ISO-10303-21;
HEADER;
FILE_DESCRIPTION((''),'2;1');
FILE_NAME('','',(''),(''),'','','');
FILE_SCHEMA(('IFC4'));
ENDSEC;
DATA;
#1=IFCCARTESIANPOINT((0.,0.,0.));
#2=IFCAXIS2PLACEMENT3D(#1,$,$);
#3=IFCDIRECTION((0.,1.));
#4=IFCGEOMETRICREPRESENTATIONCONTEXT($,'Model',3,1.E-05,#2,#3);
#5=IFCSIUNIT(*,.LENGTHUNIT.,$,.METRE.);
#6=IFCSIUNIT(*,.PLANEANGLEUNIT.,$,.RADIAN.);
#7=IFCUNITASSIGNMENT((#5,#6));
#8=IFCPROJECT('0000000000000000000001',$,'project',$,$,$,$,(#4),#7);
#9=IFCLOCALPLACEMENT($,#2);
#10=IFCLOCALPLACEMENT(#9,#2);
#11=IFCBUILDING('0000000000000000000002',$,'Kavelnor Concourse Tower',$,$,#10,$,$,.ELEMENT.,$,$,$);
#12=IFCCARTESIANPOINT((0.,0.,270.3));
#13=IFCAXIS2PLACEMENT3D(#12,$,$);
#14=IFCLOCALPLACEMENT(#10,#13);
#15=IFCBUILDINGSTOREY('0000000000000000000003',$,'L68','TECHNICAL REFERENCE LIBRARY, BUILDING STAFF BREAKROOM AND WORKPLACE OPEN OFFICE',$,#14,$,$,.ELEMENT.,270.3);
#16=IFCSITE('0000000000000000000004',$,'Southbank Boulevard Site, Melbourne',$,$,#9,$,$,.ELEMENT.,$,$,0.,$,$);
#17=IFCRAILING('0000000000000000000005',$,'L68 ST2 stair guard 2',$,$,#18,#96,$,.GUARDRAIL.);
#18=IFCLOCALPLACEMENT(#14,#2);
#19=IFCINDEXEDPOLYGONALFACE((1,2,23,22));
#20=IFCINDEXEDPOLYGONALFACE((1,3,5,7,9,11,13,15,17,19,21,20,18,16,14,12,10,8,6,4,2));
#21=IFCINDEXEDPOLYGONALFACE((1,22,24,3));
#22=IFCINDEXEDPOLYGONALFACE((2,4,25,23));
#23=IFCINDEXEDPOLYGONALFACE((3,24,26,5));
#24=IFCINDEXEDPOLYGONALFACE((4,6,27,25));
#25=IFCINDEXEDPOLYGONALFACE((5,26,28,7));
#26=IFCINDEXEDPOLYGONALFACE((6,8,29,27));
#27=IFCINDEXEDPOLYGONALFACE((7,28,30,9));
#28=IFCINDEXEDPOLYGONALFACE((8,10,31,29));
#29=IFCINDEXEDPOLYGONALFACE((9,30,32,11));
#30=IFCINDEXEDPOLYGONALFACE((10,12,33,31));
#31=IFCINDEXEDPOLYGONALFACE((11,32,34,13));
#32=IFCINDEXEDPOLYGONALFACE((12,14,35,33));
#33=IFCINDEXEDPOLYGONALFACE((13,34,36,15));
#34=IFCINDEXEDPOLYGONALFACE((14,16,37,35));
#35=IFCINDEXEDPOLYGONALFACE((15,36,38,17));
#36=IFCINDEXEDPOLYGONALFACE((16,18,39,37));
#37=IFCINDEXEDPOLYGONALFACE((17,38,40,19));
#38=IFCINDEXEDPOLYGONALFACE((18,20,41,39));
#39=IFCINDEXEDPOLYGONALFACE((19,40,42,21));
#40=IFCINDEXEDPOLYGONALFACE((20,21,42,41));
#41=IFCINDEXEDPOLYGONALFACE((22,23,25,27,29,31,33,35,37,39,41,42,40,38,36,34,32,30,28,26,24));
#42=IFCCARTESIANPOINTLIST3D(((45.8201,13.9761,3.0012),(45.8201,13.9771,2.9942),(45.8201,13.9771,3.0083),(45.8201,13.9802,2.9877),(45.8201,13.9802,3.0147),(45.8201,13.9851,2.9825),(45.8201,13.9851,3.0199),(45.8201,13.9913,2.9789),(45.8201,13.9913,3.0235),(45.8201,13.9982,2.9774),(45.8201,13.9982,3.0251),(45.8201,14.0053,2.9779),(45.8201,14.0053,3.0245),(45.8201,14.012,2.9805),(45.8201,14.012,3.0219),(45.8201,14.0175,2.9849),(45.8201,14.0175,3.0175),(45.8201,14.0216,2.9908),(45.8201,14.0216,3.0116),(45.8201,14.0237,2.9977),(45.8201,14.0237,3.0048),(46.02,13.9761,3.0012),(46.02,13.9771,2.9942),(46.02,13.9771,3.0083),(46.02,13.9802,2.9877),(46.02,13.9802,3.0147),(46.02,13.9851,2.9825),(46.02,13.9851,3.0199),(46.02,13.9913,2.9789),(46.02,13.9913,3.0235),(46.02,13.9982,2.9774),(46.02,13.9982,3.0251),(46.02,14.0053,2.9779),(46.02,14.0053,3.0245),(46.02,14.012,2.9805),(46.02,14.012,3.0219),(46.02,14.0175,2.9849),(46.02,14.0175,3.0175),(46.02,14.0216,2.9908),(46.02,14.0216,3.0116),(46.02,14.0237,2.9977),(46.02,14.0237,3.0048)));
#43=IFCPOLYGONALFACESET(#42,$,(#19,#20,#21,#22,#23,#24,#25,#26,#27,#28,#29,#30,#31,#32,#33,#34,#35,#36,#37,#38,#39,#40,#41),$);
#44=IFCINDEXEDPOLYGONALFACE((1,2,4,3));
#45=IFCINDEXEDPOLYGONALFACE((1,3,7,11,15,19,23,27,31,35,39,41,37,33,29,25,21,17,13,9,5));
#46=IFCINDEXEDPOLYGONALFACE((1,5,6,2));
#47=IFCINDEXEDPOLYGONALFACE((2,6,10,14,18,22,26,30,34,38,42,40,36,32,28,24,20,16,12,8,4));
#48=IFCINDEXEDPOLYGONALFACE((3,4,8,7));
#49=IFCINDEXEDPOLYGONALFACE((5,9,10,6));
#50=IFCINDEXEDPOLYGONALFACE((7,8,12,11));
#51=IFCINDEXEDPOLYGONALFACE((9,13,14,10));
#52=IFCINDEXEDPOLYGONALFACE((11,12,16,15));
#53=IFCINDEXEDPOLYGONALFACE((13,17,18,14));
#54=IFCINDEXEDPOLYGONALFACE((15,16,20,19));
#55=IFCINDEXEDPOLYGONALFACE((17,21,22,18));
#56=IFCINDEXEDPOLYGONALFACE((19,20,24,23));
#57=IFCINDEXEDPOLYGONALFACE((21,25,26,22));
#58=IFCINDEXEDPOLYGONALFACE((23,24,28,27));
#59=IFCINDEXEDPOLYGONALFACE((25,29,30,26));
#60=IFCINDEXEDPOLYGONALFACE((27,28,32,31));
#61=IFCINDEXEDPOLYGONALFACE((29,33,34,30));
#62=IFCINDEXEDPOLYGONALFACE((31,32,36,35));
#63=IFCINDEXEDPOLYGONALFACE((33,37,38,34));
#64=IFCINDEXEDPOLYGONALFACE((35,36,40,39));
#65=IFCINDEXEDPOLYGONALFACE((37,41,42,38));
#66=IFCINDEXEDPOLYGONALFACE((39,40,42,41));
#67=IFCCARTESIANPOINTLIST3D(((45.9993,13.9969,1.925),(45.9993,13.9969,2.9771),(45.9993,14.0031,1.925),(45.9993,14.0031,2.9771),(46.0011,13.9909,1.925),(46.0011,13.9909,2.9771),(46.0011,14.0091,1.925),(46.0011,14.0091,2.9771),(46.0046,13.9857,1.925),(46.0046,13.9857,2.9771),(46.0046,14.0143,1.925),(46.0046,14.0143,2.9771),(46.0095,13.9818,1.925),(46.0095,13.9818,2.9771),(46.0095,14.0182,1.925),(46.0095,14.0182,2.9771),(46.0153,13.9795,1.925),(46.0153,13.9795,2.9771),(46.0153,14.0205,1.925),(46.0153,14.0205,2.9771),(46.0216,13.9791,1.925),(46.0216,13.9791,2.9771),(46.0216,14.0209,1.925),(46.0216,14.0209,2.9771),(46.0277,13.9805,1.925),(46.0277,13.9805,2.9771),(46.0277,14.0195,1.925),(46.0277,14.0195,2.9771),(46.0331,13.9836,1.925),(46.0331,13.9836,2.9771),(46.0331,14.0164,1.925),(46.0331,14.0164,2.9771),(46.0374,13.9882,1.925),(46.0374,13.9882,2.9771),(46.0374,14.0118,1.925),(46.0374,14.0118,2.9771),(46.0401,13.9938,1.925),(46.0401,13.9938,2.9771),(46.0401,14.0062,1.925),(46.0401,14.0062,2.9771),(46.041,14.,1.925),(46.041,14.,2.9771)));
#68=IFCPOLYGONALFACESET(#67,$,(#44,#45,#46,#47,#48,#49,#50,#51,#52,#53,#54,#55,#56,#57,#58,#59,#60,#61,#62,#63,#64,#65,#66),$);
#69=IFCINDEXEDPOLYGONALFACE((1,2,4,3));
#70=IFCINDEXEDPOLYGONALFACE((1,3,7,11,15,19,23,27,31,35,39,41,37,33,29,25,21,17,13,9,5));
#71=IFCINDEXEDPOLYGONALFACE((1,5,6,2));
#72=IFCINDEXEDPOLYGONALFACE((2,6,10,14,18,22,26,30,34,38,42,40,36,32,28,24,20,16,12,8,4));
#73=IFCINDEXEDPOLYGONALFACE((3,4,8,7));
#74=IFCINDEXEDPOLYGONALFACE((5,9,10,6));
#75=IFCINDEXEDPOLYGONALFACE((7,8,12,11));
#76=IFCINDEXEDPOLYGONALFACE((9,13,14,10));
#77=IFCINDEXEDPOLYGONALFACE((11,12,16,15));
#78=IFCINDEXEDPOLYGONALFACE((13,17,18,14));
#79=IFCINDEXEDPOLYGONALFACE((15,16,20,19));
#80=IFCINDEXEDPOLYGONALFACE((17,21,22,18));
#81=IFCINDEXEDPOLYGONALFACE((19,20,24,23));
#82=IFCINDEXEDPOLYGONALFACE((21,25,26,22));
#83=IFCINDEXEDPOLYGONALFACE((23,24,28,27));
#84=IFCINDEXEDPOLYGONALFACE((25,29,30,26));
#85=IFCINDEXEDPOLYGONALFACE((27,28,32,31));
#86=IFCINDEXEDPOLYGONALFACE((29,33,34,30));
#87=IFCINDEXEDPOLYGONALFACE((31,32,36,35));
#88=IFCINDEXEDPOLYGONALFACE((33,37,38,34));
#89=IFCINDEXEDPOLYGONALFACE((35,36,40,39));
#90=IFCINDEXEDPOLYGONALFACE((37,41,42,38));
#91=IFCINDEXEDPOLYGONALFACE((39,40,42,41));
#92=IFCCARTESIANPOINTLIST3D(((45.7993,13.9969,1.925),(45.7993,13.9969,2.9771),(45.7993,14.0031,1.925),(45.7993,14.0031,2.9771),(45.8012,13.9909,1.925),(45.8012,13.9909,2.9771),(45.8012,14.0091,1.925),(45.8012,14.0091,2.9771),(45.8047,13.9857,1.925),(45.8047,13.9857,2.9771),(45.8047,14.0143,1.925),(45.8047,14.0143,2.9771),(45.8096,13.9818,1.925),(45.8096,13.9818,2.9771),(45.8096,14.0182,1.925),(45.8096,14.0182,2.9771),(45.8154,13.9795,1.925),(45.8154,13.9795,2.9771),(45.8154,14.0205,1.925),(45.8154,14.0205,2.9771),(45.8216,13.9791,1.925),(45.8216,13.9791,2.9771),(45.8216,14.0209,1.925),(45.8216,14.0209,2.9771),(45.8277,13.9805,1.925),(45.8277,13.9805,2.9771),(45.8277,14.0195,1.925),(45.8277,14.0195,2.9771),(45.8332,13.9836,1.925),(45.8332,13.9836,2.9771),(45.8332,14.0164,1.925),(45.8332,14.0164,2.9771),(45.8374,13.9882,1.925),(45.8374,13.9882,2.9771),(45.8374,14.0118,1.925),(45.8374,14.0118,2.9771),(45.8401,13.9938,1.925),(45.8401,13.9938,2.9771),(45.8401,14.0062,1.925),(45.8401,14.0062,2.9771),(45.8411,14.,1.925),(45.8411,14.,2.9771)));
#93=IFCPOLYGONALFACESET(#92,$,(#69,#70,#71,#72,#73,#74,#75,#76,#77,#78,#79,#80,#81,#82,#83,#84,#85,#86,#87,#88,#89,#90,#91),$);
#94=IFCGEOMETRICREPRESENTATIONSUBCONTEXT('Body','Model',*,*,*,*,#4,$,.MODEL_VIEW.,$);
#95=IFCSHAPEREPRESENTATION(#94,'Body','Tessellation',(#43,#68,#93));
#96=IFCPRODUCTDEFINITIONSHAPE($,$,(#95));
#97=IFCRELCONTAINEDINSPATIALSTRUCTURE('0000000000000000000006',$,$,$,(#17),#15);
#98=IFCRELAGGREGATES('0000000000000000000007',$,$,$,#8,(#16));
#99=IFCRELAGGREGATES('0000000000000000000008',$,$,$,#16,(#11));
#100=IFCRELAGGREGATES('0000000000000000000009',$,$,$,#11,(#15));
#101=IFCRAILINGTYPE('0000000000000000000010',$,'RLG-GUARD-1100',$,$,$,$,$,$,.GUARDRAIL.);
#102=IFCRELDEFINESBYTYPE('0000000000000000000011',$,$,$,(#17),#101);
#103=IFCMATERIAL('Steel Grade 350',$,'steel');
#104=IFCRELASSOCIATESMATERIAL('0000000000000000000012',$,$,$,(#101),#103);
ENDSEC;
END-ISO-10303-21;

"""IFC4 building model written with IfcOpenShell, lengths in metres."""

from ifc_helpers import new_model, si_unit, direction, frame, origin, origin_2d, place, context, subcontext, project, spatial, circle, extrude, material, type_object, element, save


model = new_model("IFC4")

# Units and contexts
model_context = context("Model", 3, precision=1e-05, world=origin(), true_north=direction((0.0, 1.0)))
body_context = subcontext(model_context, "Body", "Model", "MODEL_VIEW")
ifc_project = project(units=[si_unit("LENGTHUNIT", "METRE"), si_unit("PLANEANGLEUNIT", "RADIAN")], contexts=[model_context])

# Site, building, storey
site_placement = place(None, origin())
site = spatial("IfcSite", under=ifc_project, at=site_placement, Name="Southbank Boulevard Site, Melbourne", CompositionType="ELEMENT", RefElevation=0.0)
building_placement = place(site_placement, origin())
building = spatial("IfcBuilding", under=site, at=building_placement, Name="Kavelnor Concourse Tower", CompositionType="ELEMENT")
storey_placement = place(building_placement, frame((0.0, 0.0, 270.3)))
storey = spatial("IfcBuildingStorey", under=building, at=storey_placement, Name="L68", Description="TECHNICAL REFERENCE LIBRARY, BUILDING STAFF BREAKROOM AND WORKPLACE OPEN OFFICE", CompositionType="ELEMENT", Elevation=270.3)

# Shared definitions
ifc_material_1 = material(Name="Steel Grade 350", Category="steel")

# Railing
railing_type_1 = type_object("IfcRailingType", Name="RLG-GUARD-1100", PredefinedType="GUARDRAIL", material=ifc_material_1)
railing_1_placement = place(storey_placement, frame((46.02, 14.0, 1.925)))
element("IfcRailing", 1, at=railing_1_placement, inside=storey, type_object=railing_type_1, Name="L68 ST2 stair guard 2", PredefinedType="GUARDRAIL", context=body_context, shape_type="SweptSolid", body=[
    extrude(circle(Radius=0.0239, at=origin_2d()), frame((0.0, 0.0, 1.0762), z_axis=(-1.0, 0.0, 0.0), x_axis=(0.0, -1.0, 0.0)), (0.0, 0.0, 1.0), 0.2),
    extrude(circle(Radius=0.021, at=origin_2d()), origin(), (0.0, 0.0, 1.0), 1.052),
    extrude(circle(Radius=0.021, at=origin_2d()), frame((-0.2, 0.0, 0.0)), (0.0, 0.0, 1.0), 1.052),
])

save(model, "model.ifc")
